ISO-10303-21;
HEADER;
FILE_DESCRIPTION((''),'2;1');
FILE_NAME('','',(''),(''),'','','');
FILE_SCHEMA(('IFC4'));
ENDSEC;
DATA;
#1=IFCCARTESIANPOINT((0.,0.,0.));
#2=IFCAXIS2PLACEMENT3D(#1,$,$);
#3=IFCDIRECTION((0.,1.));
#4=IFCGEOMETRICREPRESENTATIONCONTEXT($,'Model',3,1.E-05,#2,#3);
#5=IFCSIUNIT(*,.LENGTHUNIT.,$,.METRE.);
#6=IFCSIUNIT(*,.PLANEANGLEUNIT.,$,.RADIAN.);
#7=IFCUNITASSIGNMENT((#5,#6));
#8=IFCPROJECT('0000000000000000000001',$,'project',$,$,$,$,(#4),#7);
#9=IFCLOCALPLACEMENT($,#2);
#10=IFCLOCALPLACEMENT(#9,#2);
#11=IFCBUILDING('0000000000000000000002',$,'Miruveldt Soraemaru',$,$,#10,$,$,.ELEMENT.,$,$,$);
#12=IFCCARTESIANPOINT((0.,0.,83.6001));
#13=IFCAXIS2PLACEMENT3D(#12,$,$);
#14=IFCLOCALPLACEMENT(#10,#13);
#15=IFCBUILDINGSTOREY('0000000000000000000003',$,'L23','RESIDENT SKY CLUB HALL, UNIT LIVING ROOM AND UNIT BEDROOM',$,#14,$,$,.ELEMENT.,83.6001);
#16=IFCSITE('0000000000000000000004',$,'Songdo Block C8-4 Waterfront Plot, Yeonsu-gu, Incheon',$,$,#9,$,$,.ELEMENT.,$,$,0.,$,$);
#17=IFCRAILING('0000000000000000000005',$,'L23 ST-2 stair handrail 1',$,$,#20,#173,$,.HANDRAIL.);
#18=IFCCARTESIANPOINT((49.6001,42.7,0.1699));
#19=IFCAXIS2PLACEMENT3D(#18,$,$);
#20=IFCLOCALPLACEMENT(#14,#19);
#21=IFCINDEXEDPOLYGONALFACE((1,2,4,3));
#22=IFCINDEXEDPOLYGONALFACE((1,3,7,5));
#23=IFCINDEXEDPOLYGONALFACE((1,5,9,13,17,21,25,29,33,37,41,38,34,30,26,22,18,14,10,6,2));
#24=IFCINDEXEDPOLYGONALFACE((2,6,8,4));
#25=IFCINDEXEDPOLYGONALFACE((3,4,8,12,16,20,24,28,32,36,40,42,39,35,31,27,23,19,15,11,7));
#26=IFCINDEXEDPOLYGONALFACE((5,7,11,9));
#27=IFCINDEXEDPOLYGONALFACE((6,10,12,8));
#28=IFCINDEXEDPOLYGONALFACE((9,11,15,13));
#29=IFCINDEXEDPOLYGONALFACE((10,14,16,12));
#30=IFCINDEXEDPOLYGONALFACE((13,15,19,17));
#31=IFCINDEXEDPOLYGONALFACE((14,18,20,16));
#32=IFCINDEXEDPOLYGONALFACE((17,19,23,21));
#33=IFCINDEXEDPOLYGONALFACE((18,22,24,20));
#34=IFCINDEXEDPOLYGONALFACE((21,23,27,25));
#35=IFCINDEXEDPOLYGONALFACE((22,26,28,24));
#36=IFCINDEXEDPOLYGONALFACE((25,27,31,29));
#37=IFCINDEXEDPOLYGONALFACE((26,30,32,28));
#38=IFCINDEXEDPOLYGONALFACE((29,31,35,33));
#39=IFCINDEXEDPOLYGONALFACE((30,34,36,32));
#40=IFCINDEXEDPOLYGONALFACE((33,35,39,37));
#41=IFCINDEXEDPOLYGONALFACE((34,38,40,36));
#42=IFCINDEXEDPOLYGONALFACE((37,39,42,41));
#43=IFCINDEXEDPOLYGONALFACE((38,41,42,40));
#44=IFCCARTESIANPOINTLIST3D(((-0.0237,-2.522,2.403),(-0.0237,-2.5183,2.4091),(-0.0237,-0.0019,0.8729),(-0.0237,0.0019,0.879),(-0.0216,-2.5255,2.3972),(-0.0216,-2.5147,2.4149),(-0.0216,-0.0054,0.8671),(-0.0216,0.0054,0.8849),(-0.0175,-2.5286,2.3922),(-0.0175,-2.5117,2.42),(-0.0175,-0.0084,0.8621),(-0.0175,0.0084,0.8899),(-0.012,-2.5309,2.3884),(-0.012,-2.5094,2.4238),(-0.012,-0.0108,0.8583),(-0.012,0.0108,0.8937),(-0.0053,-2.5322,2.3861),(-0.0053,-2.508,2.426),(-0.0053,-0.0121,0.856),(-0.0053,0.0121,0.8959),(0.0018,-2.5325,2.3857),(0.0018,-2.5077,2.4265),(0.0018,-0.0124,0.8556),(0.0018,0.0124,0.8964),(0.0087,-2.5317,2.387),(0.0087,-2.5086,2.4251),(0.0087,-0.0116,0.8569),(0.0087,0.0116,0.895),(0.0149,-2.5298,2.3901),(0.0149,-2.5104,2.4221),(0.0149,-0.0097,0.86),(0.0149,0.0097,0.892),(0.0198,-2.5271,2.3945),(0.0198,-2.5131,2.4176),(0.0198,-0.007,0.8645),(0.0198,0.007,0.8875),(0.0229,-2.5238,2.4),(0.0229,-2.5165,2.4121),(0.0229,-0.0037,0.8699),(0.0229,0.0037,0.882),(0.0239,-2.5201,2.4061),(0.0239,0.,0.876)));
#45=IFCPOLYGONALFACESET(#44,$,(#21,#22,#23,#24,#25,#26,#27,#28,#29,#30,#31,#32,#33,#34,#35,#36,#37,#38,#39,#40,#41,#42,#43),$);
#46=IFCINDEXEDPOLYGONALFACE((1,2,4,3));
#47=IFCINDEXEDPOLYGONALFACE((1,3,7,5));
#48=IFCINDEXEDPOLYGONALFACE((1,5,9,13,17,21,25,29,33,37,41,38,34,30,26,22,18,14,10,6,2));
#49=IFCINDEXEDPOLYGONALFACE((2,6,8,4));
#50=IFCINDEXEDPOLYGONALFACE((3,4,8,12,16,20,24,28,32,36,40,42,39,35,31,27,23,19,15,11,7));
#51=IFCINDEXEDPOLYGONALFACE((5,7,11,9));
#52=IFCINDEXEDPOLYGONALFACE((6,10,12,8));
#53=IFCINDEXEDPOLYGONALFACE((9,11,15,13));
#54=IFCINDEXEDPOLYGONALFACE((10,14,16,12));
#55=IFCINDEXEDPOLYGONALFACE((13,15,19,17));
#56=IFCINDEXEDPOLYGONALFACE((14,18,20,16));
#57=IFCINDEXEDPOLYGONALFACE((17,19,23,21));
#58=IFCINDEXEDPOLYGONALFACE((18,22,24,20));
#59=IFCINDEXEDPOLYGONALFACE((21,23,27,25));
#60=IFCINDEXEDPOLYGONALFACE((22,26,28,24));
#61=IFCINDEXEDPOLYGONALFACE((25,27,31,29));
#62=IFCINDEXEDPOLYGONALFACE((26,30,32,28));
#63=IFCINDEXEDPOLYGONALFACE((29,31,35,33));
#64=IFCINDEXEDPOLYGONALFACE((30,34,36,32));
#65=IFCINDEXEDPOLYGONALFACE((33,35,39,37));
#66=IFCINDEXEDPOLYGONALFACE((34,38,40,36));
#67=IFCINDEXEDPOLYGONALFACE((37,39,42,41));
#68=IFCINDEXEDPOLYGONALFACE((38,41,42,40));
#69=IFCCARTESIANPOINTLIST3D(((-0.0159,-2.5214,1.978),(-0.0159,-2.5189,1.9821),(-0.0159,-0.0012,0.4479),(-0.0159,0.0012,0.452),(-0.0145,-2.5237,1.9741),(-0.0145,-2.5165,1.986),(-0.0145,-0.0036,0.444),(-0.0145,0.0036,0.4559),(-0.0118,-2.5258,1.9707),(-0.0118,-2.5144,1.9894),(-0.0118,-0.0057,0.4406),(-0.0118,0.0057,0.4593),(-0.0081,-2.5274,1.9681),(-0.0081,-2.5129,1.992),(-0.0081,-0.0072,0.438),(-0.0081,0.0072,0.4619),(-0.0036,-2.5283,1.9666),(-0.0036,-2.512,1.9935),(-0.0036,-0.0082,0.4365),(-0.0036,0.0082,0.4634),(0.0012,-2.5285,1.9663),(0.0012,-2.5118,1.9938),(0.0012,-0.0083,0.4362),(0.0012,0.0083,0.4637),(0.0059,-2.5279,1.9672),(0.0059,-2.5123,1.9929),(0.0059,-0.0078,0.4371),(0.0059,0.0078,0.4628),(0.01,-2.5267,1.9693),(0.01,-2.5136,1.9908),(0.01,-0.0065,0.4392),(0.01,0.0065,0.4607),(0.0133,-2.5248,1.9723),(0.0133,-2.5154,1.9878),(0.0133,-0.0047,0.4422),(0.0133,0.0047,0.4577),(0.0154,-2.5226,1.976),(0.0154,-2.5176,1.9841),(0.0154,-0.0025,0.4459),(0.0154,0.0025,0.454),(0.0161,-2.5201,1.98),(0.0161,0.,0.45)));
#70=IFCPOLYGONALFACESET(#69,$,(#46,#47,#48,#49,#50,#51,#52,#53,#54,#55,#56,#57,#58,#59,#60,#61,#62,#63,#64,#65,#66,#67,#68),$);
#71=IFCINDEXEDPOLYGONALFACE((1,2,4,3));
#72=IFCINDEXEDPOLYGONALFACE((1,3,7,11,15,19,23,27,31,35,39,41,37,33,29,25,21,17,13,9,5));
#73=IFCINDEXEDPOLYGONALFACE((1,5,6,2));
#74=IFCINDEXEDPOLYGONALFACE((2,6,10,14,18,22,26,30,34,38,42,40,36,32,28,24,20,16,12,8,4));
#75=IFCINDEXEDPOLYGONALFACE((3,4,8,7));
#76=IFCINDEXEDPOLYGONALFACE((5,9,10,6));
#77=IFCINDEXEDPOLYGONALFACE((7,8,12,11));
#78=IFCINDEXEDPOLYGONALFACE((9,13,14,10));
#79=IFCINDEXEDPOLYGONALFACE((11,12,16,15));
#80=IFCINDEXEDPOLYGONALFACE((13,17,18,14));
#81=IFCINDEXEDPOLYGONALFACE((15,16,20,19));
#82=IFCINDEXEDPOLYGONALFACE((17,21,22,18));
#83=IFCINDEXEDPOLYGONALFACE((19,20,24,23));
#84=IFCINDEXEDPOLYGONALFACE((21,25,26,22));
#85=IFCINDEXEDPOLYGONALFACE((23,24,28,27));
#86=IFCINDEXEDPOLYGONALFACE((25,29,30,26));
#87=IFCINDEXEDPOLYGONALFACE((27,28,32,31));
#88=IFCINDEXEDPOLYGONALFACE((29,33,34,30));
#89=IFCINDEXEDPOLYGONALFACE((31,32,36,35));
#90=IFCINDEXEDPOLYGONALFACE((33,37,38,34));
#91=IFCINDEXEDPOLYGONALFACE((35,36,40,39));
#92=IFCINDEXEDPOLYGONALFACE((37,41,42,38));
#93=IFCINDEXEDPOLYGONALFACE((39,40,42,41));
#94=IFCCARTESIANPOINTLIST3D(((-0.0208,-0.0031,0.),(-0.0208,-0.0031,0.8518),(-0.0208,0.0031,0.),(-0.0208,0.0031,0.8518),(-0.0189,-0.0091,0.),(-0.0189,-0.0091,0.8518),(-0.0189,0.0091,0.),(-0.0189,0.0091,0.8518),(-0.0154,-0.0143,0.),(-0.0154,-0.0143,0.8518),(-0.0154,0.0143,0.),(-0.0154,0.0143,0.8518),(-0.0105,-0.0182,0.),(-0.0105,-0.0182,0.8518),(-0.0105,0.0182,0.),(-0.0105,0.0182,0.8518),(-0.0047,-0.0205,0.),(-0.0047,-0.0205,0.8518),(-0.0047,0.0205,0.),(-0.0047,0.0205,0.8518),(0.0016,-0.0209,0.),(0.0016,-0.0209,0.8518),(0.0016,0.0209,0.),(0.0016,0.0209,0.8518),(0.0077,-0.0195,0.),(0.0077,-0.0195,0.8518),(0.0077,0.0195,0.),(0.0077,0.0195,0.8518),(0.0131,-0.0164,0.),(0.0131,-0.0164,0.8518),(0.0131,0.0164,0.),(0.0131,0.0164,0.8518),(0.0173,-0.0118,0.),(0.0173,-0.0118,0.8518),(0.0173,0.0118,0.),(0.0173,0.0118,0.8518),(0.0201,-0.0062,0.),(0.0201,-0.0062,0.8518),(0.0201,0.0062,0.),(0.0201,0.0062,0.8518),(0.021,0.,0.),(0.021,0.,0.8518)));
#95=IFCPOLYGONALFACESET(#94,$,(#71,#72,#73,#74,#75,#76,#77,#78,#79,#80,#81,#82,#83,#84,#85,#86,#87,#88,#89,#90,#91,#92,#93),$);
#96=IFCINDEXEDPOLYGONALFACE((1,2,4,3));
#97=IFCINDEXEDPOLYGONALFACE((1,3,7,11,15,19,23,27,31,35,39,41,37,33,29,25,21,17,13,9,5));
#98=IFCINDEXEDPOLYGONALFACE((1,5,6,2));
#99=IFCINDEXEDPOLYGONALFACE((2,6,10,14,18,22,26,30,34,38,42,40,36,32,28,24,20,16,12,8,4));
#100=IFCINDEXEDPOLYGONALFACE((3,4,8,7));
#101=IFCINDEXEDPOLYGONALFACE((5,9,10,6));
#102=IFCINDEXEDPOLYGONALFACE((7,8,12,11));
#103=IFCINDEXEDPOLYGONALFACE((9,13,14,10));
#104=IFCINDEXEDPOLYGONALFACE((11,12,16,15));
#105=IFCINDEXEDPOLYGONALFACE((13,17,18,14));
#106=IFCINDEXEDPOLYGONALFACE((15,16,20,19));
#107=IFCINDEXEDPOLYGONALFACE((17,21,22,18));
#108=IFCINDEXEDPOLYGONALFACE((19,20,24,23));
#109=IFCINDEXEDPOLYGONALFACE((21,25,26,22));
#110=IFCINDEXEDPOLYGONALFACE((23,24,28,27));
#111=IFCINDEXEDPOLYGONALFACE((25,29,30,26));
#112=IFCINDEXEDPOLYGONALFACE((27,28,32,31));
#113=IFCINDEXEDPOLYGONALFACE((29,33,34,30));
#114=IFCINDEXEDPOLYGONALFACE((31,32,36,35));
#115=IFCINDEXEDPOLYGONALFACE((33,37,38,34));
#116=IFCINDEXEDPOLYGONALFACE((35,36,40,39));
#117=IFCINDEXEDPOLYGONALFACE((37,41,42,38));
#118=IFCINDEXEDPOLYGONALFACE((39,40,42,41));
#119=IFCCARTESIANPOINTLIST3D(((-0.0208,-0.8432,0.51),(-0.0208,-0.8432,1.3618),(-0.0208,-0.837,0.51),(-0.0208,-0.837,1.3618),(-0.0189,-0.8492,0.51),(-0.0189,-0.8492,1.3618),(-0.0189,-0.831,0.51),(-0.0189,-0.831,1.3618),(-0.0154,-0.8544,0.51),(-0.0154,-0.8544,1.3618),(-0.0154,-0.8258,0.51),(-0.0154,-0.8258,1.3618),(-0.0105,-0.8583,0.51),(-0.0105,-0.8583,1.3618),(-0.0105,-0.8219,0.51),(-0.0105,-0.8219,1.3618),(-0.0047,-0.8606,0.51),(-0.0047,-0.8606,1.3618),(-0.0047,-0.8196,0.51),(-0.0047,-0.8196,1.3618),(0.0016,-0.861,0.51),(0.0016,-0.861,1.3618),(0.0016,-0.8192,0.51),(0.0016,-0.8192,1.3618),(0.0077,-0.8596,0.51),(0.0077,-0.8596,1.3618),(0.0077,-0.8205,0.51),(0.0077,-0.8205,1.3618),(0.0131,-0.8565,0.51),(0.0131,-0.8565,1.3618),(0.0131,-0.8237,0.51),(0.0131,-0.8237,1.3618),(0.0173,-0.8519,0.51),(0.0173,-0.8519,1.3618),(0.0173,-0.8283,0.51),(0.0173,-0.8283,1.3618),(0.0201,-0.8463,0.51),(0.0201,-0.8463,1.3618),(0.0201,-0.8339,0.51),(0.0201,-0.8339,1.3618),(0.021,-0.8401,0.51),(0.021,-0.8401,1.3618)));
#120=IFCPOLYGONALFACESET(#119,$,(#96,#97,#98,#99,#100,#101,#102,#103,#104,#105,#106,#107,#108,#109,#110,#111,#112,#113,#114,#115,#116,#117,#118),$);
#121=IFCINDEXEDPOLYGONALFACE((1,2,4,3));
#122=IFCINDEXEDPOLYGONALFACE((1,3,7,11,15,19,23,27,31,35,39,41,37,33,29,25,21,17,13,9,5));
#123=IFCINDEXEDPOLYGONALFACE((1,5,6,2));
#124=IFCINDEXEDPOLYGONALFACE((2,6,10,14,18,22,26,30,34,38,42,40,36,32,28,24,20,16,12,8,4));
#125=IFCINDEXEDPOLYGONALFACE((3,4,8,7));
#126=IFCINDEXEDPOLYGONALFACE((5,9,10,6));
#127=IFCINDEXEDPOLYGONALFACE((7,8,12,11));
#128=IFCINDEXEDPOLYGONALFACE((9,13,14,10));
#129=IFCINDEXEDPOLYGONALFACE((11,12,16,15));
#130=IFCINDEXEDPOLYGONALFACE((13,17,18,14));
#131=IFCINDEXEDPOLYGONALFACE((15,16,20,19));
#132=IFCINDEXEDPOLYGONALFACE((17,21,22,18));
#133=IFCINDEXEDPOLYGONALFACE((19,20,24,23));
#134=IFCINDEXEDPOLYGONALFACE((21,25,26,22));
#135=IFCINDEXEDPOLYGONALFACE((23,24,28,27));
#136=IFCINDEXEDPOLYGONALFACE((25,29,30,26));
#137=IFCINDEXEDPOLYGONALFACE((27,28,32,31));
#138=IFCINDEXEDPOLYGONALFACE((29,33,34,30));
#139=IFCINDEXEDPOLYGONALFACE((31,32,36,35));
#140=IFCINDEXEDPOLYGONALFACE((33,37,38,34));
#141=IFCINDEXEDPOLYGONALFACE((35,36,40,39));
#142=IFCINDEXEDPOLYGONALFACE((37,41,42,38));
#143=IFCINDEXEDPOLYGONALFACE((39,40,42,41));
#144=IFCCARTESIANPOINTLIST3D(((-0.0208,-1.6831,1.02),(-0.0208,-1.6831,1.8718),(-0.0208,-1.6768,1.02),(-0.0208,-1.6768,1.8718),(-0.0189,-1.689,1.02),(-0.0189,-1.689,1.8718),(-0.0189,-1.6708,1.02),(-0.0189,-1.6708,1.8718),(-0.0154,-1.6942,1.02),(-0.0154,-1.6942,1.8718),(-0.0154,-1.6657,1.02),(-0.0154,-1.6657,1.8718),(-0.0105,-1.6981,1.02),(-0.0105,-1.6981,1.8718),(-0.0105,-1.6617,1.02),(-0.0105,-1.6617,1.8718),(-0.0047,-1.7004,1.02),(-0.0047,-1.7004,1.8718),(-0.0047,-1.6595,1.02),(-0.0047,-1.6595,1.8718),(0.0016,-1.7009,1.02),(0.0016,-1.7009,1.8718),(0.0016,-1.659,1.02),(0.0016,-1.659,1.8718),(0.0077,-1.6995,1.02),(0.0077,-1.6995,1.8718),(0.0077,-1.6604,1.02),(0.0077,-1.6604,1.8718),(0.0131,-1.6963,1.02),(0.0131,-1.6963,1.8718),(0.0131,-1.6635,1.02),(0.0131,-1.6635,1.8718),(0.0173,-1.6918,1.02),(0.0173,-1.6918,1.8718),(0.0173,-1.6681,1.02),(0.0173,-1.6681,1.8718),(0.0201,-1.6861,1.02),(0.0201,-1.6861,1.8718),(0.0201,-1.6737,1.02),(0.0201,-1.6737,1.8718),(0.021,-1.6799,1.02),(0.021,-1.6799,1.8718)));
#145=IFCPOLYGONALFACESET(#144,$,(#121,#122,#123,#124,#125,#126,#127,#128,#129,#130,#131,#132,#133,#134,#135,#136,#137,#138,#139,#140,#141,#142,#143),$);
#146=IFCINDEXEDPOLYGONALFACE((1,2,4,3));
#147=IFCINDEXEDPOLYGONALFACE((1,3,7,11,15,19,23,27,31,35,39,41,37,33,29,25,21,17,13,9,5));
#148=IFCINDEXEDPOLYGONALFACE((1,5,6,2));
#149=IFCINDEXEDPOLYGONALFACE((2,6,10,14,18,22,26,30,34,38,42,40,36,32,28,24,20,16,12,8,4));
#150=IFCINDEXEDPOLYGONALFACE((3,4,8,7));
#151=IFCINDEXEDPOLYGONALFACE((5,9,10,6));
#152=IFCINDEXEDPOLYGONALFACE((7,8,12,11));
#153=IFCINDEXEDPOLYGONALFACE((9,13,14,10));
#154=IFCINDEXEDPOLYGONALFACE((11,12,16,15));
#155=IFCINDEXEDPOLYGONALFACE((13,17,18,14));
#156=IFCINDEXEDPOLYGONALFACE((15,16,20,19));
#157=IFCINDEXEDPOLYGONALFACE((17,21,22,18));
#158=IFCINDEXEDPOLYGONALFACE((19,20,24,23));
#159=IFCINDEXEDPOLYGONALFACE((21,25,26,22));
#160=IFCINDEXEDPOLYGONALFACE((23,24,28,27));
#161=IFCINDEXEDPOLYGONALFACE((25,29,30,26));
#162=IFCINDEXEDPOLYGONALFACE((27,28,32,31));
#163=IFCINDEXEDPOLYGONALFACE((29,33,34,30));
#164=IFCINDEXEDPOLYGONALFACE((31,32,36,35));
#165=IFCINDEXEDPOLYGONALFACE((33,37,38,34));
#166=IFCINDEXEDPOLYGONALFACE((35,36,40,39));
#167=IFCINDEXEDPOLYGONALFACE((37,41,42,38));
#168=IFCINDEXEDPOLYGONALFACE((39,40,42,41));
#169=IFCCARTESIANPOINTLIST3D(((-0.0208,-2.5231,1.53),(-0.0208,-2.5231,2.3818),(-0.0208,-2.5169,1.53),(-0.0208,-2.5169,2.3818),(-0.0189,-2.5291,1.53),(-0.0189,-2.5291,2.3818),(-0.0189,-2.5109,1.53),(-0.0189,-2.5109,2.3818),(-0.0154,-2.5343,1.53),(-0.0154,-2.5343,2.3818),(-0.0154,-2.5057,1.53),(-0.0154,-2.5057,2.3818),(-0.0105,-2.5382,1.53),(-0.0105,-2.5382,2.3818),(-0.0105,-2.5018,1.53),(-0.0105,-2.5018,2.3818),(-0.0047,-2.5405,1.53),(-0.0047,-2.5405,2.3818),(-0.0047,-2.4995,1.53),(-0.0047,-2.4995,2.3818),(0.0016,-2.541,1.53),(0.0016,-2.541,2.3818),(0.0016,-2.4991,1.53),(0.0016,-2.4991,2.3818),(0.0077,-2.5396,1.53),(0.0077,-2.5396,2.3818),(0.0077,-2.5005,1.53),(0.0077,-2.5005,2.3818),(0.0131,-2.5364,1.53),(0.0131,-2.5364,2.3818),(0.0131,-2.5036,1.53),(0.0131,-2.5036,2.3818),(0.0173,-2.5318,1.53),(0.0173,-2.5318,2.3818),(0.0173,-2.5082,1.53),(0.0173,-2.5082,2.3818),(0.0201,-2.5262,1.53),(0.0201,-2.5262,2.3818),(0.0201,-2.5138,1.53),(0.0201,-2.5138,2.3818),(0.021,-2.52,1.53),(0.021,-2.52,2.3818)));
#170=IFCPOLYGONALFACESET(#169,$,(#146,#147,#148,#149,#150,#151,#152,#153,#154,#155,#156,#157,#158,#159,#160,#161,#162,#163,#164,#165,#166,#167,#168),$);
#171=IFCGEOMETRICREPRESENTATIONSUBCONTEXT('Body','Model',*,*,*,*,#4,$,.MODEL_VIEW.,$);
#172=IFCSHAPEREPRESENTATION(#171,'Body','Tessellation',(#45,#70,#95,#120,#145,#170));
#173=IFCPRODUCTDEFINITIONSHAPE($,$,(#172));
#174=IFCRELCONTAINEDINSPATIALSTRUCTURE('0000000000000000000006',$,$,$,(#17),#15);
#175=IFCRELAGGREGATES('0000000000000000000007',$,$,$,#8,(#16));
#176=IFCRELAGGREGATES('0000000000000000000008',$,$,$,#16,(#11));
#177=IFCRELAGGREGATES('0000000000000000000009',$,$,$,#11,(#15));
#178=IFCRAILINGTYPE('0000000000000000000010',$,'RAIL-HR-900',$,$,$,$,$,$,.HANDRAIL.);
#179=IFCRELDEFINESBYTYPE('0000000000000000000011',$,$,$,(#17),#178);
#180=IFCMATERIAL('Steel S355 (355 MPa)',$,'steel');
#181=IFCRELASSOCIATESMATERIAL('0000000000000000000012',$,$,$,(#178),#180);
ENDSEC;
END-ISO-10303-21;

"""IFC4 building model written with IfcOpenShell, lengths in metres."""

from ifc_helpers import new_model, si_unit, direction, frame, origin, origin_2d, place, context, subcontext, project, spatial, circle, extrude, material, type_object, element, save


model = new_model("IFC4")

# Units and contexts
model_context = context("Model", 3, precision=1e-05, world=origin(), true_north=direction((0.0, 1.0)))
body_context = subcontext(model_context, "Body", "Model", "MODEL_VIEW")
ifc_project = project(units=[si_unit("LENGTHUNIT", "METRE"), si_unit("PLANEANGLEUNIT", "RADIAN")], contexts=[model_context])

# Site, building, storey
site_placement = place(None, origin())
site = spatial("IfcSite", under=ifc_project, at=site_placement, Name="Songdo Block C8-4 Waterfront Plot, Yeonsu-gu, Incheon", CompositionType="ELEMENT", RefElevation=0.0)
building_placement = place(site_placement, origin())
building = spatial("IfcBuilding", under=site, at=building_placement, Name="Miruveldt Soraemaru", CompositionType="ELEMENT")
storey_placement = place(building_placement, frame((0.0, 0.0, 83.6001)))
storey = spatial("IfcBuildingStorey", under=building, at=storey_placement, Name="L23", Description="RESIDENT SKY CLUB HALL, UNIT LIVING ROOM AND UNIT BEDROOM", CompositionType="ELEMENT", Elevation=83.6001)

# Railing
ifc_material_1 = material(Name="Steel S355 (355 MPa)", Category="steel")
railing_type_1 = type_object("IfcRailingType", Name="RAIL-HR-900", PredefinedType="HANDRAIL", material=ifc_material_1)
railing_1_placement = place(storey_placement, frame((49.6001, 42.7, 0.1699)))
element("IfcRailing", 1, at=railing_1_placement, inside=storey, type_object=railing_type_1, Name="L23 ST-2 stair handrail 1", PredefinedType="HANDRAIL", context=body_context, shape_type="SweptSolid", body=[
    extrude(circle(Radius=0.0239, at=origin_2d()), frame((0.0, 0.0, 0.876), z_axis=(0.0, -0.854785, 0.518982), x_axis=(1.0, 0.0, 0.0)), (0.0, 0.0, 1.0), 2.9482),
    extrude(circle(Radius=0.0161, at=origin_2d()), frame((0.0, 0.0, 0.45), z_axis=(0.0, -0.854785, 0.518982), x_axis=(1.0, 0.0, 0.0)), (0.0, 0.0, 1.0), 2.9482),
    extrude(circle(Radius=0.021, at=origin_2d()), origin(), (0.0, 0.0, 1.0), 0.8518),
    extrude(circle(Radius=0.021, at=origin_2d()), frame((0.0, -0.8401, 0.51)), (0.0, 0.0, 1.0), 0.8518),
    extrude(circle(Radius=0.021, at=origin_2d()), frame((0.0, -1.6799, 1.02)), (0.0, 0.0, 1.0), 0.8518),
    extrude(circle(Radius=0.021, at=origin_2d()), frame((0.0, -2.52, 1.53)), (0.0, 0.0, 1.0), 0.8518),
])

save(model, "model.ifc")
